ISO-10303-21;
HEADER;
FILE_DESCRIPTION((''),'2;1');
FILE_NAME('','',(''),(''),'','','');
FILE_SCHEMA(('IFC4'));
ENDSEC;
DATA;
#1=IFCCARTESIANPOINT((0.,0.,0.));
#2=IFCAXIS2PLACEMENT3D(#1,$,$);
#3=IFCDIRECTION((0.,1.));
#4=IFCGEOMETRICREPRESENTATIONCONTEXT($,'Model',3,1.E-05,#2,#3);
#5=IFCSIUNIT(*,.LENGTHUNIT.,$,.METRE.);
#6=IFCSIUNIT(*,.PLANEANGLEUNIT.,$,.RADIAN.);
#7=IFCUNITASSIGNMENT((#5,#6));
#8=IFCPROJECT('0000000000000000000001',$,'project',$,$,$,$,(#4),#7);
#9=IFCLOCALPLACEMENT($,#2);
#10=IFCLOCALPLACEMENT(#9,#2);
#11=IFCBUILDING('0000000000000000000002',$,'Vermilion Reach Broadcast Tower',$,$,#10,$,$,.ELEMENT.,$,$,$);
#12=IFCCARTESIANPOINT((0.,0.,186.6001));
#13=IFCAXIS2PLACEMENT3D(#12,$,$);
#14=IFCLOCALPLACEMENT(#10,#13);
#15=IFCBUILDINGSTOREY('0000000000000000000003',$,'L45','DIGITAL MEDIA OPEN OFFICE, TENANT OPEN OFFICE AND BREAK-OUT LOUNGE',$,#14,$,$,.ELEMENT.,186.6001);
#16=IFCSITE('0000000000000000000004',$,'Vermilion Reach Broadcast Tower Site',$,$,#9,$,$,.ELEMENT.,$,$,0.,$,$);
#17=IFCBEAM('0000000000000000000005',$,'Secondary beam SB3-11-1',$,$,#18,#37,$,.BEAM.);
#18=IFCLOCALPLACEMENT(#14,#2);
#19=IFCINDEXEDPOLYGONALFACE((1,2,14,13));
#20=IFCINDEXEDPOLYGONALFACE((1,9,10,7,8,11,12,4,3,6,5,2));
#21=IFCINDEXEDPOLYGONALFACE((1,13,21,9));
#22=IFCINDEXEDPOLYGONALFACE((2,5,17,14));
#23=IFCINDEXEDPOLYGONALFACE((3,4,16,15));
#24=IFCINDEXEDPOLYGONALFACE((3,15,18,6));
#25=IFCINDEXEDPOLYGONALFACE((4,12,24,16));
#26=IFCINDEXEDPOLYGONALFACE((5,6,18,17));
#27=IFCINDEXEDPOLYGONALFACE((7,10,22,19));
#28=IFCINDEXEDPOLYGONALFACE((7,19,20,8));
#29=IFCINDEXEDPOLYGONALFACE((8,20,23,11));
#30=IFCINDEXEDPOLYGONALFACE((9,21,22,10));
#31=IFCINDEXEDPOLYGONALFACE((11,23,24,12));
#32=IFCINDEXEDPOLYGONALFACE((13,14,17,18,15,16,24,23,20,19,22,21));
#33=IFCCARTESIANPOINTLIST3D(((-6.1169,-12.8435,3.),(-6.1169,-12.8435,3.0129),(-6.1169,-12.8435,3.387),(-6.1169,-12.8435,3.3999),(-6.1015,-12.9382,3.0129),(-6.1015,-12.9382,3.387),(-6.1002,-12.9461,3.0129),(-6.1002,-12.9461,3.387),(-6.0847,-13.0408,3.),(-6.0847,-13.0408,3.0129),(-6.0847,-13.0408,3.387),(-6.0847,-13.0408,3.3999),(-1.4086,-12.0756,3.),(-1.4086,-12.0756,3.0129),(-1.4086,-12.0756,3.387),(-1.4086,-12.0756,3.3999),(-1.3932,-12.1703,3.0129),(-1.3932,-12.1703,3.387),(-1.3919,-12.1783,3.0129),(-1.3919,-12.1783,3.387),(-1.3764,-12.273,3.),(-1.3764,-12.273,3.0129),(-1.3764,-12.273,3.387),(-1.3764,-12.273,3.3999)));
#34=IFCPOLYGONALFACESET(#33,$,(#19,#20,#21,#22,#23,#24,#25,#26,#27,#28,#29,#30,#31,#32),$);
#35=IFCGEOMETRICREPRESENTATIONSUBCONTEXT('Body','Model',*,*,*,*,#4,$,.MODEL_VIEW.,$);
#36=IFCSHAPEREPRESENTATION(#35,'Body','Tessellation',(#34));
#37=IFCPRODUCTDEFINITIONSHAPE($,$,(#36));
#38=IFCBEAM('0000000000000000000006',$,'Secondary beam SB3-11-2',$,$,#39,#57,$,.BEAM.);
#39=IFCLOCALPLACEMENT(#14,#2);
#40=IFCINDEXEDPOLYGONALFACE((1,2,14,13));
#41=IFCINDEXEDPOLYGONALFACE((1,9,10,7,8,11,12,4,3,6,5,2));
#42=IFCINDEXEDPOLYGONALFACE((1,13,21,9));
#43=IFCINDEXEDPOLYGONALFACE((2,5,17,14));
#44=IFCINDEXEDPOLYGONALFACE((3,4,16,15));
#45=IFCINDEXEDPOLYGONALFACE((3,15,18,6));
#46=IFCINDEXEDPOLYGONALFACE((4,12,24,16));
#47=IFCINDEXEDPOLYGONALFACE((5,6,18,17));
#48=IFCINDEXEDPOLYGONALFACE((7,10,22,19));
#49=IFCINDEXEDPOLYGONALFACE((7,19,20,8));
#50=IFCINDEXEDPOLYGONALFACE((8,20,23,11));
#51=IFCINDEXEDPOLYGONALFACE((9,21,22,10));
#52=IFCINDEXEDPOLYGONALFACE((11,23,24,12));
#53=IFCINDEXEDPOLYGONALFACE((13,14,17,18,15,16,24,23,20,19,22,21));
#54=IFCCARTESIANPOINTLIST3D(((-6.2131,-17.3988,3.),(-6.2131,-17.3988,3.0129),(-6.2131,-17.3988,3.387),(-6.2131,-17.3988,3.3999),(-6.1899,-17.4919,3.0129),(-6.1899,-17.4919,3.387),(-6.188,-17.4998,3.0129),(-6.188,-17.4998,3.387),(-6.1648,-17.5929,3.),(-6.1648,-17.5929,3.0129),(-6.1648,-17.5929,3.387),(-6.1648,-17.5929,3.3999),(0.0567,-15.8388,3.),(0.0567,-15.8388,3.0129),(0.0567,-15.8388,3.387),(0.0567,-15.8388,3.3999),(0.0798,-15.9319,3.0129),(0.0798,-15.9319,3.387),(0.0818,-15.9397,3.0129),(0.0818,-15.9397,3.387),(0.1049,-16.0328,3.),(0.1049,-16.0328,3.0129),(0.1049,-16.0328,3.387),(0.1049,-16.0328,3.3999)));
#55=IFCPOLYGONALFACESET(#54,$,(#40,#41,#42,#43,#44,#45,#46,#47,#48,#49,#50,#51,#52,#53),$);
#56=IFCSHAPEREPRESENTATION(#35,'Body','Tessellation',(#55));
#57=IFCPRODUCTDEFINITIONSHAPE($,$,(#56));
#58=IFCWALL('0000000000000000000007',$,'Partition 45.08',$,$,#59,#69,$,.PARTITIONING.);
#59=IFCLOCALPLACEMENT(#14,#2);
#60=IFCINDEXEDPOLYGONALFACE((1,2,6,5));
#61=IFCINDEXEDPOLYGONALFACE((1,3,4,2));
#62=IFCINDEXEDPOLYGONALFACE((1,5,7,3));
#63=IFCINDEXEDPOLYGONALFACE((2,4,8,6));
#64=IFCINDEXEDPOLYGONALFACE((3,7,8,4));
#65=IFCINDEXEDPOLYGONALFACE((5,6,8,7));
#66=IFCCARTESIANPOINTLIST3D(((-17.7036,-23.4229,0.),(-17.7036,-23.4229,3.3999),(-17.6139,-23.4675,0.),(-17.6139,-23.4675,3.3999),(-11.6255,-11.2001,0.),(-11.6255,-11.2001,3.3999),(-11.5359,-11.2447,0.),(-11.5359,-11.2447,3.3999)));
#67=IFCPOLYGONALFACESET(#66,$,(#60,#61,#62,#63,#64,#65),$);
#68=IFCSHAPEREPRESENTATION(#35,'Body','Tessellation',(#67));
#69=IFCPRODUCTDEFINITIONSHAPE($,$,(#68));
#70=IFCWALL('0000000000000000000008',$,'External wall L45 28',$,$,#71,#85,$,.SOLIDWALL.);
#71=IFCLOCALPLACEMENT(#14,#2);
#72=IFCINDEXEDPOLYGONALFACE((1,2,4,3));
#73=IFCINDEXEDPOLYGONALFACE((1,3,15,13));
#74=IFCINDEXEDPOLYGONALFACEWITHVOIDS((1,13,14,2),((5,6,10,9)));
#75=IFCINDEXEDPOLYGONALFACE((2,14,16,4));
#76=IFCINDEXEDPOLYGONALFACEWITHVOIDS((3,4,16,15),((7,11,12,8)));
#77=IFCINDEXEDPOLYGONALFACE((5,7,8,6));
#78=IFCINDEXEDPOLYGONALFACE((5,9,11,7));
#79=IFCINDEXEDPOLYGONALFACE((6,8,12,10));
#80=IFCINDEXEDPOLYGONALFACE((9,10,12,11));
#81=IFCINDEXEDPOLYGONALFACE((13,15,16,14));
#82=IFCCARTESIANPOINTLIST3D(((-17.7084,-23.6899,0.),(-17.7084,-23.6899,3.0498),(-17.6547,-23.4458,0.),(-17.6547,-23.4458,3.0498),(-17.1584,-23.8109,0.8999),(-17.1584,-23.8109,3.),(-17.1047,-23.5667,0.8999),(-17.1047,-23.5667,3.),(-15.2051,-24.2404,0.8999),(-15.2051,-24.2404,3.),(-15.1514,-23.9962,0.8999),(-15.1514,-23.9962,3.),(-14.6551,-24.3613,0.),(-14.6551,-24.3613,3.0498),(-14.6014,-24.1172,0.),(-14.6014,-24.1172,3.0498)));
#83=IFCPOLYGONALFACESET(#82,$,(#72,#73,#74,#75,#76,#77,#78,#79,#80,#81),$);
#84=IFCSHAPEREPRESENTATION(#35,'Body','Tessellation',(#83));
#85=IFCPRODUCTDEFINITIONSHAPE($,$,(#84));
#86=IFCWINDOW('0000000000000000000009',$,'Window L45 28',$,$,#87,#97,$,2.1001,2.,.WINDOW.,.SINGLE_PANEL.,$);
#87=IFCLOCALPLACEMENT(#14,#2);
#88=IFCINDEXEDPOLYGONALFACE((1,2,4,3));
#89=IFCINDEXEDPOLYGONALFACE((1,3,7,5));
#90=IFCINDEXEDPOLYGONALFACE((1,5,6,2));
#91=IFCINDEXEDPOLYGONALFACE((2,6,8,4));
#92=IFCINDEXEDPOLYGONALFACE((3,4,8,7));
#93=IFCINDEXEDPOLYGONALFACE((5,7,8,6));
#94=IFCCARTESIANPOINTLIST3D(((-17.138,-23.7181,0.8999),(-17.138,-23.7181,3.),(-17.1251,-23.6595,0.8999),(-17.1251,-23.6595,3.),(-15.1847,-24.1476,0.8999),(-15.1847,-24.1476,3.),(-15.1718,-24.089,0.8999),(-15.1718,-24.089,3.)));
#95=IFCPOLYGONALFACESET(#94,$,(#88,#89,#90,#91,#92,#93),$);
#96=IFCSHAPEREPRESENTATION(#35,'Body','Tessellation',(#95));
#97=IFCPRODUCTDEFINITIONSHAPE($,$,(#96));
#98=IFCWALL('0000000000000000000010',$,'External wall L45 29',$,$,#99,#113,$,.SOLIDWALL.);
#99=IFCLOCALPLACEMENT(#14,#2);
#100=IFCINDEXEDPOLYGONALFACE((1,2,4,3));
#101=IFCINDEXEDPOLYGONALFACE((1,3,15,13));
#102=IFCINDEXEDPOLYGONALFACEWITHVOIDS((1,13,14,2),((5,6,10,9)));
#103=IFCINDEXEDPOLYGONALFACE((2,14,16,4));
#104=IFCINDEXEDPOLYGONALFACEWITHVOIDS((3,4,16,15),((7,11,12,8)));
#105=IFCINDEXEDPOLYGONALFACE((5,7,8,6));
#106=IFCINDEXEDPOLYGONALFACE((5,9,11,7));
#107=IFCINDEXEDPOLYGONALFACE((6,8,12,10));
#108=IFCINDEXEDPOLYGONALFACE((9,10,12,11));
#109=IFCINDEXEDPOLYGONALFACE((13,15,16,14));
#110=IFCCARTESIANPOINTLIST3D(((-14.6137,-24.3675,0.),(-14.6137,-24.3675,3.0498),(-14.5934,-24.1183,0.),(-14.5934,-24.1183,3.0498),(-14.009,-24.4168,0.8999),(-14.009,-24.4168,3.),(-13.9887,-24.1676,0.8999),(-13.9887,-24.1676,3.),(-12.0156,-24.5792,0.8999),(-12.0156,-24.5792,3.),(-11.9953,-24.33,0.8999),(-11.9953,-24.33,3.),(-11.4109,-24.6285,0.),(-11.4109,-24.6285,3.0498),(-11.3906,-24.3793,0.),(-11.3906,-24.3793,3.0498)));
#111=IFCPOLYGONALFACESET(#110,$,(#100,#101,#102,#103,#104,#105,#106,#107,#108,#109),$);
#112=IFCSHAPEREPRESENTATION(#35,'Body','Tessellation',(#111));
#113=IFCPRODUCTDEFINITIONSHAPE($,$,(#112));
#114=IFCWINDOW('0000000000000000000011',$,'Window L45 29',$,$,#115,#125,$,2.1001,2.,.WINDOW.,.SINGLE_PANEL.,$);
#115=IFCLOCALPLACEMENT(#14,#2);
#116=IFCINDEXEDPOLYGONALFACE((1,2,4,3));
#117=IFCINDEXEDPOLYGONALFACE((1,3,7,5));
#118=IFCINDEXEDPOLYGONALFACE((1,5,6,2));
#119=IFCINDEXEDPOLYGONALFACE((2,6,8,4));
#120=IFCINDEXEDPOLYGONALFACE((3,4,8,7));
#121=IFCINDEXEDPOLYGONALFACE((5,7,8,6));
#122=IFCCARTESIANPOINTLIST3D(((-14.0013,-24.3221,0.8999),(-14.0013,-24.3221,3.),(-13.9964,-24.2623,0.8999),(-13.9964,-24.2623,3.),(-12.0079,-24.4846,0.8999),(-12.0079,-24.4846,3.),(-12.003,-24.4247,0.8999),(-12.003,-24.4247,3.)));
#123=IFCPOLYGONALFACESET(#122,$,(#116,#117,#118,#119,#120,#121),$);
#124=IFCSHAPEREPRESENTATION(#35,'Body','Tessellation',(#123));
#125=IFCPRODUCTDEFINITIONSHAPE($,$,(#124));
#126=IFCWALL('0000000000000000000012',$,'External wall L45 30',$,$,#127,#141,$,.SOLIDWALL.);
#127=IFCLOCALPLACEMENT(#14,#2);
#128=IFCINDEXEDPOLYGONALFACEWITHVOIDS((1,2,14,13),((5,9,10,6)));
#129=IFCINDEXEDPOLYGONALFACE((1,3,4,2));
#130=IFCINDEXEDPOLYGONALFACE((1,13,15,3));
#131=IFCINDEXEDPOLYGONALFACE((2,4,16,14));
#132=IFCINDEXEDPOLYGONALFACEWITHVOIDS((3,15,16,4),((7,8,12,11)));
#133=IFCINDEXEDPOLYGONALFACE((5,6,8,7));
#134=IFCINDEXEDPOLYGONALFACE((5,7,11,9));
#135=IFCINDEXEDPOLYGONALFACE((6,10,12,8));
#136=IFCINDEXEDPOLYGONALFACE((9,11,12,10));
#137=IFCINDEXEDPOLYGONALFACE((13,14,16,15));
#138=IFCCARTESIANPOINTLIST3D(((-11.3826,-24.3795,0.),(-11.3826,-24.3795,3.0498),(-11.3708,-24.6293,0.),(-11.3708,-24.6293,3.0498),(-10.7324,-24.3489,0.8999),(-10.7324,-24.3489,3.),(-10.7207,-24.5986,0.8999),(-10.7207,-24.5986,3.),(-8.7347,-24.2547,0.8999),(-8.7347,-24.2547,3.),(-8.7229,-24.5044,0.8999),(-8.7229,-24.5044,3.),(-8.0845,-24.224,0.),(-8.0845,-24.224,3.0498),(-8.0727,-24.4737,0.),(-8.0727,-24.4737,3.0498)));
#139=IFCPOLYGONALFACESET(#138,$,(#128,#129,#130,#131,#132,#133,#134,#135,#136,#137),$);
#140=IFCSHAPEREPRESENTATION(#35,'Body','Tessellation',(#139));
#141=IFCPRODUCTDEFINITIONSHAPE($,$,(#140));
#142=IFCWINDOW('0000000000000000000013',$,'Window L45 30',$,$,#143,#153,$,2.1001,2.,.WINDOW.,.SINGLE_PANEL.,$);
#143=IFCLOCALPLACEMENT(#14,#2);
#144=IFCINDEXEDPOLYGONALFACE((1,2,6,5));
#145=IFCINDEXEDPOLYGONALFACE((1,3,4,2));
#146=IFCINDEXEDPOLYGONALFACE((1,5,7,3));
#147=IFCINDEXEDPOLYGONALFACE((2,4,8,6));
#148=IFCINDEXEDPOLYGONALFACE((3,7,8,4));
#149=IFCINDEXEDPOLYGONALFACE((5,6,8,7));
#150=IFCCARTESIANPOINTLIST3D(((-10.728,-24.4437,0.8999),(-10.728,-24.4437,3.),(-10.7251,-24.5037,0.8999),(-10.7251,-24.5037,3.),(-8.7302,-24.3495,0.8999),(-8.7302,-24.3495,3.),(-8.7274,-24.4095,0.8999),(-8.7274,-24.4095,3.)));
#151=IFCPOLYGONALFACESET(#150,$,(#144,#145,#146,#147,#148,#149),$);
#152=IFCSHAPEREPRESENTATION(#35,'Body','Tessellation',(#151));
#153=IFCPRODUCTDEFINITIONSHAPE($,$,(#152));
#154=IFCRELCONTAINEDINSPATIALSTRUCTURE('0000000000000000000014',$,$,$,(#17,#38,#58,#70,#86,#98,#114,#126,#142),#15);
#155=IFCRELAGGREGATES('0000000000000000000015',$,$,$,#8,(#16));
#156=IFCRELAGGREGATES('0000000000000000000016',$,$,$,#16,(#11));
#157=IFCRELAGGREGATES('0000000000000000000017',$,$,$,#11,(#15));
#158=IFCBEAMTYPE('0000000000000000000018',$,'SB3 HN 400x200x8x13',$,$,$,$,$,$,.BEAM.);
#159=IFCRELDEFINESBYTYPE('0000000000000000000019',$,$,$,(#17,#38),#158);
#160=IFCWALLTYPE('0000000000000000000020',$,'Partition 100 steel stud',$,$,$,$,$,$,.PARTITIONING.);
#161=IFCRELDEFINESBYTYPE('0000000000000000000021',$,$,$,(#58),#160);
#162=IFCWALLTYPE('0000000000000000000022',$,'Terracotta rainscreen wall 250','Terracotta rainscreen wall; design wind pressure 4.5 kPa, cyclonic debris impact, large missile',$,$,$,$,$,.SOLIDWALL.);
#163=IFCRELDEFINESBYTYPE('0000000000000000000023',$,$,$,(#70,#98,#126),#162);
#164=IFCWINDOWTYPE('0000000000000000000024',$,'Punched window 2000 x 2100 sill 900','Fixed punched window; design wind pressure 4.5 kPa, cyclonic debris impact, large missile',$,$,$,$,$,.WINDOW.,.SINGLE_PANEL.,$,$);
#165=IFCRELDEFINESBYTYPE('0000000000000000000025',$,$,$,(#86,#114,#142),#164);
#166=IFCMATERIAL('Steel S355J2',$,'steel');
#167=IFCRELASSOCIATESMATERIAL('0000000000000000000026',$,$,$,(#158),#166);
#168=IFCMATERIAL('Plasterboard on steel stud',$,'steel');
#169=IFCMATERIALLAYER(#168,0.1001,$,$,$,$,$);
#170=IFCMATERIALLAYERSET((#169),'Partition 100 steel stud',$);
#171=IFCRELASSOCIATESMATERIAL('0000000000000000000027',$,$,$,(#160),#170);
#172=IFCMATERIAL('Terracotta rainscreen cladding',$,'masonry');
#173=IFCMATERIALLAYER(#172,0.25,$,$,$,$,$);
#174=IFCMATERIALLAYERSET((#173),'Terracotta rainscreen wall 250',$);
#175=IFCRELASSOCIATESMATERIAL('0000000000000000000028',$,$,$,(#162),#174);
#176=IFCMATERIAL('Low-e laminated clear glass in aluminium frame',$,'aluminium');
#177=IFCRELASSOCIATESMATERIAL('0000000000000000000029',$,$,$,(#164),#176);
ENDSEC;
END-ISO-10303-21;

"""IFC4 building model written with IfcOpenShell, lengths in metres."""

from ifc_helpers import new_model, si_unit, direction, frame, frame_2d, origin, origin_2d, place, context, subcontext, project, spatial, rectangle, i_section, extrude, material, layer, layer_set, material_profile, profile_set, type_object, element, fill, save


model = new_model("IFC4")

# Units and contexts
model_context = context("Model", 3, precision=1e-05, world=origin(), true_north=direction((0.0, 1.0)))
body_context = subcontext(model_context, "Body", "Model", "MODEL_VIEW")
ifc_project = project(units=[si_unit("LENGTHUNIT", "METRE"), si_unit("PLANEANGLEUNIT", "RADIAN")], contexts=[model_context])

# Site, building, storey
site_placement = place(None, origin())
site = spatial("IfcSite", under=ifc_project, at=site_placement, Name="Vermilion Reach Broadcast Tower Site", CompositionType="ELEMENT", RefElevation=0.0)
building_placement = place(site_placement, origin())
building = spatial("IfcBuilding", under=site, at=building_placement, Name="Vermilion Reach Broadcast Tower", CompositionType="ELEMENT")
storey_placement = place(building_placement, frame((0.0, 0.0, 186.6001)))
storey = spatial("IfcBuildingStorey", under=building, at=storey_placement, Name="L45", Description="DIGITAL MEDIA OPEN OFFICE, TENANT OPEN OFFICE AND BREAK-OUT LOUNGE", CompositionType="ELEMENT", Elevation=186.6001)

# Beams
ifc_material_1 = material(Name="Steel S355J2", Category="steel")
ifc_material_profile_1 = material_profile(ifc_material_1, i_section(OverallWidth=0.2, OverallDepth=0.3999, WebThickness=0.0081, FlangeThickness=0.0129, at=origin_2d()), Name="S355J2 HN 400x200x8x13")
ifc_profile_set_1 = profile_set([ifc_material_profile_1], Name="Steel S355J2")
beam_type_1 = type_object("IfcBeamType", Name="SB3 HN 400x200x8x13", PredefinedType="BEAM", material=ifc_profile_set_1)
beam_1_placement = place(storey_placement, frame((-6.1008, -12.9421, 3.2), z_axis=(0.986962, 0.160954, 0.0), x_axis=(-0.160954, 0.986962, 0.0)))
element("IfcBeam", 1, at=beam_1_placement, inside=storey, type_object=beam_type_1, Name="Secondary beam SB3-11-1", PredefinedType="BEAM", context=body_context, shape_type="SweptSolid", body=[
    extrude(i_section(OverallWidth=0.2, OverallDepth=0.3999, WebThickness=0.0081, FlangeThickness=0.0129, at=origin_2d()), origin(), (0.0, 0.0, 1.0), 4.7705),
])
beam_2_placement = place(storey_placement, frame((-6.189, -17.4958, 3.2), z_axis=(0.970411, 0.24146, 0.0), x_axis=(-0.24146, 0.970411, 0.0)))
element("IfcBeam", 2, at=beam_2_placement, inside=storey, type_object=beam_type_1, Name="Secondary beam SB3-11-2", PredefinedType="BEAM", context=body_context, shape_type="SweptSolid", body=[
    extrude(i_section(OverallWidth=0.2, OverallDepth=0.3999, WebThickness=0.0081, FlangeThickness=0.0129, at=origin_2d()), origin(), (0.0, 0.0, 1.0), 6.4609),
])

# Wall
ifc_material_2 = material(Name="Plasterboard on steel stud", Category="steel")
ifc_layer_1 = layer(ifc_material_2, 0.1001)
ifc_layer_set_1 = layer_set([ifc_layer_1], Name="Partition 100 steel stud")
wall_type_1 = type_object("IfcWallType", Name="Partition 100 steel stud", PredefinedType="PARTITIONING", material=ifc_layer_set_1)
wall_1_placement = place(storey_placement, frame((-17.6587, -23.4451, 0.0), z_axis=(0.0, 0.0, 1.0), x_axis=(0.44526, 0.895402, 0.0)))
element("IfcWall", 3, at=wall_1_placement, inside=storey, type_object=wall_type_1, Name="Partition 45.08", PredefinedType="PARTITIONING", context=body_context, shape_type="SweptSolid", body=[
    extrude(rectangle(XDim=13.6506, YDim=0.1001, at=frame_2d((6.8252, 0.0))), origin(), (0.0, 0.0, 1.0), 3.3999),
])

# Shared definitions
ifc_material_3 = material(Name="Terracotta rainscreen cladding", Category="masonry")
ifc_layer_2 = layer(ifc_material_3, 0.25)
ifc_layer_set_2 = layer_set([ifc_layer_2], Name="Terracotta rainscreen wall 250")
wall_type_2 = type_object("IfcWallType", Name="Terracotta rainscreen wall 250", Description="Terracotta rainscreen wall; design wind pressure 4.5 kPa, cyclonic debris impact, large missile", PredefinedType="SOLIDWALL", material=ifc_layer_set_2)

# Walls, openings, windows
wall_2_placement = place(storey_placement, frame((-17.6814, -23.5679, 0.0), z_axis=(0.0, 0.0, 1.0), x_axis=(0.976666, -0.214763, 0.0)))
wall_2 = element("IfcWall", 4, at=wall_2_placement, inside=storey, type_object=wall_type_2, Name="External wall L45 28", PredefinedType="SOLIDWALL", context=body_context, shape_type="SweptSolid", body=[
    extrude(rectangle(XDim=3.1262, YDim=0.25, at=frame_2d((1.563, 0.0))), origin(), (0.0, 0.0, 1.0), 3.0498),
])
opening_1_placement = place(wall_2_placement, frame((0.563, 0.0, 0.8999)))
opening_1 = element("IfcOpeningElement", 5, at=opening_1_placement, cuts=wall_2, PredefinedType="OPENING", context=body_context, shape_type="SweptSolid", body=[
    extrude(rectangle(XDim=2.0, YDim=2.1001, at=frame_2d((1.0, 1.05))), frame((0.0, 0.135, 0.0), z_axis=(0.0, -1.0, 0.0), x_axis=(1.0, 0.0, 0.0)), (0.0, 0.0, 1.0), 0.27),
])
ifc_material_4 = material(Name="Low-e laminated clear glass in aluminium frame", Category="aluminium")
window_type = type_object("IfcWindowType", Name="Punched window 2000 x 2100 sill 900", Description="Fixed punched window; design wind pressure 4.5 kPa, cyclonic debris impact, large missile", PartitioningType="SINGLE_PANEL", PredefinedType="WINDOW", material=ifc_material_4)
window_1_placement = place(opening_1_placement, origin())
window_1 = element("IfcWindow", 6, at=window_1_placement, inside=storey, type_object=window_type, Name="Window L45 28", OverallHeight=2.1001, OverallWidth=2.0, PartitioningType="SINGLE_PANEL", PredefinedType="WINDOW", context=body_context, shape_type="SweptSolid", body=[
    extrude(rectangle(XDim=2.0, YDim=2.1001, at=frame_2d((1.0, 1.05))), frame((0.0, 0.03, 0.0), z_axis=(0.0, -1.0, 0.0), x_axis=(1.0, 0.0, 0.0)), (0.0, 0.0, 1.0), 0.0601),
])
fill(opening_1, window_1)
wall_3_placement = place(storey_placement, frame((-14.6035, -24.2429, 0.0), z_axis=(0.0, 0.0, 1.0), x_axis=(0.996697, -0.081216, 0.0)))
wall_3 = element("IfcWall", 7, at=wall_3_placement, inside=storey, type_object=wall_type_2, Name="External wall L45 29", PredefinedType="SOLIDWALL", context=body_context, shape_type="SweptSolid", body=[
    extrude(rectangle(XDim=3.2134, YDim=0.25, at=frame_2d((1.6067, 0.0))), origin(), (0.0, 0.0, 1.0), 3.0498),
])
opening_2_placement = place(wall_3_placement, frame((0.6067, 0.0, 0.8999)))
opening_2 = element("IfcOpeningElement", 8, at=opening_2_placement, cuts=wall_3, PredefinedType="OPENING", context=body_context, shape_type="SweptSolid", body=[
    extrude(rectangle(XDim=2.0, YDim=2.1001, at=frame_2d((1.0, 1.05))), frame((0.0, 0.135, 0.0), z_axis=(0.0, -1.0, 0.0), x_axis=(1.0, 0.0, 0.0)), (0.0, 0.0, 1.0), 0.27),
])
window_2_placement = place(opening_2_placement, origin())
window_2 = element("IfcWindow", 9, at=window_2_placement, inside=storey, type_object=window_type, Name="Window L45 29", OverallHeight=2.1001, OverallWidth=2.0, PartitioningType="SINGLE_PANEL", PredefinedType="WINDOW", context=body_context, shape_type="SweptSolid", body=[
    extrude(rectangle(XDim=2.0, YDim=2.1001, at=frame_2d((1.0, 1.05))), frame((0.0, 0.03, 0.0), z_axis=(0.0, -1.0, 0.0), x_axis=(1.0, 0.0, 0.0)), (0.0, 0.0, 1.0), 0.0601),
])
fill(opening_2, window_2)
wall_4_placement = place(storey_placement, frame((-11.3767, -24.5044, 0.0), z_axis=(0.0, 0.0, 1.0), x_axis=(0.99889, 0.047101, 0.0)))
wall_4 = element("IfcWall", 10, at=wall_4_placement, inside=storey, type_object=wall_type_2, Name="External wall L45 30", PredefinedType="SOLIDWALL", context=body_context, shape_type="SweptSolid", body=[
    extrude(rectangle(XDim=3.3018, YDim=0.25, at=frame_2d((1.6509, 0.0))), origin(), (0.0, 0.0, 1.0), 3.0498),
])
opening_3_placement = place(wall_4_placement, frame((0.6509, 0.0, 0.8999)))
opening_3 = element("IfcOpeningElement", 11, at=opening_3_placement, cuts=wall_4, PredefinedType="OPENING", context=body_context, shape_type="SweptSolid", body=[
    extrude(rectangle(XDim=2.0, YDim=2.1001, at=frame_2d((1.0, 1.05))), frame((0.0, 0.135, 0.0), z_axis=(0.0, -1.0, 0.0), x_axis=(1.0, 0.0, 0.0)), (0.0, 0.0, 1.0), 0.27),
])
window_3_placement = place(opening_3_placement, origin())
window_3 = element("IfcWindow", 12, at=window_3_placement, inside=storey, type_object=window_type, Name="Window L45 30", OverallHeight=2.1001, OverallWidth=2.0, PartitioningType="SINGLE_PANEL", PredefinedType="WINDOW", context=body_context, shape_type="SweptSolid", body=[
    extrude(rectangle(XDim=2.0, YDim=2.1001, at=frame_2d((1.0, 1.05))), frame((0.0, 0.03, 0.0), z_axis=(0.0, -1.0, 0.0), x_axis=(1.0, 0.0, 0.0)), (0.0, 0.0, 1.0), 0.0601),
])
fill(opening_3, window_3)

save(model, "model.ifc")
